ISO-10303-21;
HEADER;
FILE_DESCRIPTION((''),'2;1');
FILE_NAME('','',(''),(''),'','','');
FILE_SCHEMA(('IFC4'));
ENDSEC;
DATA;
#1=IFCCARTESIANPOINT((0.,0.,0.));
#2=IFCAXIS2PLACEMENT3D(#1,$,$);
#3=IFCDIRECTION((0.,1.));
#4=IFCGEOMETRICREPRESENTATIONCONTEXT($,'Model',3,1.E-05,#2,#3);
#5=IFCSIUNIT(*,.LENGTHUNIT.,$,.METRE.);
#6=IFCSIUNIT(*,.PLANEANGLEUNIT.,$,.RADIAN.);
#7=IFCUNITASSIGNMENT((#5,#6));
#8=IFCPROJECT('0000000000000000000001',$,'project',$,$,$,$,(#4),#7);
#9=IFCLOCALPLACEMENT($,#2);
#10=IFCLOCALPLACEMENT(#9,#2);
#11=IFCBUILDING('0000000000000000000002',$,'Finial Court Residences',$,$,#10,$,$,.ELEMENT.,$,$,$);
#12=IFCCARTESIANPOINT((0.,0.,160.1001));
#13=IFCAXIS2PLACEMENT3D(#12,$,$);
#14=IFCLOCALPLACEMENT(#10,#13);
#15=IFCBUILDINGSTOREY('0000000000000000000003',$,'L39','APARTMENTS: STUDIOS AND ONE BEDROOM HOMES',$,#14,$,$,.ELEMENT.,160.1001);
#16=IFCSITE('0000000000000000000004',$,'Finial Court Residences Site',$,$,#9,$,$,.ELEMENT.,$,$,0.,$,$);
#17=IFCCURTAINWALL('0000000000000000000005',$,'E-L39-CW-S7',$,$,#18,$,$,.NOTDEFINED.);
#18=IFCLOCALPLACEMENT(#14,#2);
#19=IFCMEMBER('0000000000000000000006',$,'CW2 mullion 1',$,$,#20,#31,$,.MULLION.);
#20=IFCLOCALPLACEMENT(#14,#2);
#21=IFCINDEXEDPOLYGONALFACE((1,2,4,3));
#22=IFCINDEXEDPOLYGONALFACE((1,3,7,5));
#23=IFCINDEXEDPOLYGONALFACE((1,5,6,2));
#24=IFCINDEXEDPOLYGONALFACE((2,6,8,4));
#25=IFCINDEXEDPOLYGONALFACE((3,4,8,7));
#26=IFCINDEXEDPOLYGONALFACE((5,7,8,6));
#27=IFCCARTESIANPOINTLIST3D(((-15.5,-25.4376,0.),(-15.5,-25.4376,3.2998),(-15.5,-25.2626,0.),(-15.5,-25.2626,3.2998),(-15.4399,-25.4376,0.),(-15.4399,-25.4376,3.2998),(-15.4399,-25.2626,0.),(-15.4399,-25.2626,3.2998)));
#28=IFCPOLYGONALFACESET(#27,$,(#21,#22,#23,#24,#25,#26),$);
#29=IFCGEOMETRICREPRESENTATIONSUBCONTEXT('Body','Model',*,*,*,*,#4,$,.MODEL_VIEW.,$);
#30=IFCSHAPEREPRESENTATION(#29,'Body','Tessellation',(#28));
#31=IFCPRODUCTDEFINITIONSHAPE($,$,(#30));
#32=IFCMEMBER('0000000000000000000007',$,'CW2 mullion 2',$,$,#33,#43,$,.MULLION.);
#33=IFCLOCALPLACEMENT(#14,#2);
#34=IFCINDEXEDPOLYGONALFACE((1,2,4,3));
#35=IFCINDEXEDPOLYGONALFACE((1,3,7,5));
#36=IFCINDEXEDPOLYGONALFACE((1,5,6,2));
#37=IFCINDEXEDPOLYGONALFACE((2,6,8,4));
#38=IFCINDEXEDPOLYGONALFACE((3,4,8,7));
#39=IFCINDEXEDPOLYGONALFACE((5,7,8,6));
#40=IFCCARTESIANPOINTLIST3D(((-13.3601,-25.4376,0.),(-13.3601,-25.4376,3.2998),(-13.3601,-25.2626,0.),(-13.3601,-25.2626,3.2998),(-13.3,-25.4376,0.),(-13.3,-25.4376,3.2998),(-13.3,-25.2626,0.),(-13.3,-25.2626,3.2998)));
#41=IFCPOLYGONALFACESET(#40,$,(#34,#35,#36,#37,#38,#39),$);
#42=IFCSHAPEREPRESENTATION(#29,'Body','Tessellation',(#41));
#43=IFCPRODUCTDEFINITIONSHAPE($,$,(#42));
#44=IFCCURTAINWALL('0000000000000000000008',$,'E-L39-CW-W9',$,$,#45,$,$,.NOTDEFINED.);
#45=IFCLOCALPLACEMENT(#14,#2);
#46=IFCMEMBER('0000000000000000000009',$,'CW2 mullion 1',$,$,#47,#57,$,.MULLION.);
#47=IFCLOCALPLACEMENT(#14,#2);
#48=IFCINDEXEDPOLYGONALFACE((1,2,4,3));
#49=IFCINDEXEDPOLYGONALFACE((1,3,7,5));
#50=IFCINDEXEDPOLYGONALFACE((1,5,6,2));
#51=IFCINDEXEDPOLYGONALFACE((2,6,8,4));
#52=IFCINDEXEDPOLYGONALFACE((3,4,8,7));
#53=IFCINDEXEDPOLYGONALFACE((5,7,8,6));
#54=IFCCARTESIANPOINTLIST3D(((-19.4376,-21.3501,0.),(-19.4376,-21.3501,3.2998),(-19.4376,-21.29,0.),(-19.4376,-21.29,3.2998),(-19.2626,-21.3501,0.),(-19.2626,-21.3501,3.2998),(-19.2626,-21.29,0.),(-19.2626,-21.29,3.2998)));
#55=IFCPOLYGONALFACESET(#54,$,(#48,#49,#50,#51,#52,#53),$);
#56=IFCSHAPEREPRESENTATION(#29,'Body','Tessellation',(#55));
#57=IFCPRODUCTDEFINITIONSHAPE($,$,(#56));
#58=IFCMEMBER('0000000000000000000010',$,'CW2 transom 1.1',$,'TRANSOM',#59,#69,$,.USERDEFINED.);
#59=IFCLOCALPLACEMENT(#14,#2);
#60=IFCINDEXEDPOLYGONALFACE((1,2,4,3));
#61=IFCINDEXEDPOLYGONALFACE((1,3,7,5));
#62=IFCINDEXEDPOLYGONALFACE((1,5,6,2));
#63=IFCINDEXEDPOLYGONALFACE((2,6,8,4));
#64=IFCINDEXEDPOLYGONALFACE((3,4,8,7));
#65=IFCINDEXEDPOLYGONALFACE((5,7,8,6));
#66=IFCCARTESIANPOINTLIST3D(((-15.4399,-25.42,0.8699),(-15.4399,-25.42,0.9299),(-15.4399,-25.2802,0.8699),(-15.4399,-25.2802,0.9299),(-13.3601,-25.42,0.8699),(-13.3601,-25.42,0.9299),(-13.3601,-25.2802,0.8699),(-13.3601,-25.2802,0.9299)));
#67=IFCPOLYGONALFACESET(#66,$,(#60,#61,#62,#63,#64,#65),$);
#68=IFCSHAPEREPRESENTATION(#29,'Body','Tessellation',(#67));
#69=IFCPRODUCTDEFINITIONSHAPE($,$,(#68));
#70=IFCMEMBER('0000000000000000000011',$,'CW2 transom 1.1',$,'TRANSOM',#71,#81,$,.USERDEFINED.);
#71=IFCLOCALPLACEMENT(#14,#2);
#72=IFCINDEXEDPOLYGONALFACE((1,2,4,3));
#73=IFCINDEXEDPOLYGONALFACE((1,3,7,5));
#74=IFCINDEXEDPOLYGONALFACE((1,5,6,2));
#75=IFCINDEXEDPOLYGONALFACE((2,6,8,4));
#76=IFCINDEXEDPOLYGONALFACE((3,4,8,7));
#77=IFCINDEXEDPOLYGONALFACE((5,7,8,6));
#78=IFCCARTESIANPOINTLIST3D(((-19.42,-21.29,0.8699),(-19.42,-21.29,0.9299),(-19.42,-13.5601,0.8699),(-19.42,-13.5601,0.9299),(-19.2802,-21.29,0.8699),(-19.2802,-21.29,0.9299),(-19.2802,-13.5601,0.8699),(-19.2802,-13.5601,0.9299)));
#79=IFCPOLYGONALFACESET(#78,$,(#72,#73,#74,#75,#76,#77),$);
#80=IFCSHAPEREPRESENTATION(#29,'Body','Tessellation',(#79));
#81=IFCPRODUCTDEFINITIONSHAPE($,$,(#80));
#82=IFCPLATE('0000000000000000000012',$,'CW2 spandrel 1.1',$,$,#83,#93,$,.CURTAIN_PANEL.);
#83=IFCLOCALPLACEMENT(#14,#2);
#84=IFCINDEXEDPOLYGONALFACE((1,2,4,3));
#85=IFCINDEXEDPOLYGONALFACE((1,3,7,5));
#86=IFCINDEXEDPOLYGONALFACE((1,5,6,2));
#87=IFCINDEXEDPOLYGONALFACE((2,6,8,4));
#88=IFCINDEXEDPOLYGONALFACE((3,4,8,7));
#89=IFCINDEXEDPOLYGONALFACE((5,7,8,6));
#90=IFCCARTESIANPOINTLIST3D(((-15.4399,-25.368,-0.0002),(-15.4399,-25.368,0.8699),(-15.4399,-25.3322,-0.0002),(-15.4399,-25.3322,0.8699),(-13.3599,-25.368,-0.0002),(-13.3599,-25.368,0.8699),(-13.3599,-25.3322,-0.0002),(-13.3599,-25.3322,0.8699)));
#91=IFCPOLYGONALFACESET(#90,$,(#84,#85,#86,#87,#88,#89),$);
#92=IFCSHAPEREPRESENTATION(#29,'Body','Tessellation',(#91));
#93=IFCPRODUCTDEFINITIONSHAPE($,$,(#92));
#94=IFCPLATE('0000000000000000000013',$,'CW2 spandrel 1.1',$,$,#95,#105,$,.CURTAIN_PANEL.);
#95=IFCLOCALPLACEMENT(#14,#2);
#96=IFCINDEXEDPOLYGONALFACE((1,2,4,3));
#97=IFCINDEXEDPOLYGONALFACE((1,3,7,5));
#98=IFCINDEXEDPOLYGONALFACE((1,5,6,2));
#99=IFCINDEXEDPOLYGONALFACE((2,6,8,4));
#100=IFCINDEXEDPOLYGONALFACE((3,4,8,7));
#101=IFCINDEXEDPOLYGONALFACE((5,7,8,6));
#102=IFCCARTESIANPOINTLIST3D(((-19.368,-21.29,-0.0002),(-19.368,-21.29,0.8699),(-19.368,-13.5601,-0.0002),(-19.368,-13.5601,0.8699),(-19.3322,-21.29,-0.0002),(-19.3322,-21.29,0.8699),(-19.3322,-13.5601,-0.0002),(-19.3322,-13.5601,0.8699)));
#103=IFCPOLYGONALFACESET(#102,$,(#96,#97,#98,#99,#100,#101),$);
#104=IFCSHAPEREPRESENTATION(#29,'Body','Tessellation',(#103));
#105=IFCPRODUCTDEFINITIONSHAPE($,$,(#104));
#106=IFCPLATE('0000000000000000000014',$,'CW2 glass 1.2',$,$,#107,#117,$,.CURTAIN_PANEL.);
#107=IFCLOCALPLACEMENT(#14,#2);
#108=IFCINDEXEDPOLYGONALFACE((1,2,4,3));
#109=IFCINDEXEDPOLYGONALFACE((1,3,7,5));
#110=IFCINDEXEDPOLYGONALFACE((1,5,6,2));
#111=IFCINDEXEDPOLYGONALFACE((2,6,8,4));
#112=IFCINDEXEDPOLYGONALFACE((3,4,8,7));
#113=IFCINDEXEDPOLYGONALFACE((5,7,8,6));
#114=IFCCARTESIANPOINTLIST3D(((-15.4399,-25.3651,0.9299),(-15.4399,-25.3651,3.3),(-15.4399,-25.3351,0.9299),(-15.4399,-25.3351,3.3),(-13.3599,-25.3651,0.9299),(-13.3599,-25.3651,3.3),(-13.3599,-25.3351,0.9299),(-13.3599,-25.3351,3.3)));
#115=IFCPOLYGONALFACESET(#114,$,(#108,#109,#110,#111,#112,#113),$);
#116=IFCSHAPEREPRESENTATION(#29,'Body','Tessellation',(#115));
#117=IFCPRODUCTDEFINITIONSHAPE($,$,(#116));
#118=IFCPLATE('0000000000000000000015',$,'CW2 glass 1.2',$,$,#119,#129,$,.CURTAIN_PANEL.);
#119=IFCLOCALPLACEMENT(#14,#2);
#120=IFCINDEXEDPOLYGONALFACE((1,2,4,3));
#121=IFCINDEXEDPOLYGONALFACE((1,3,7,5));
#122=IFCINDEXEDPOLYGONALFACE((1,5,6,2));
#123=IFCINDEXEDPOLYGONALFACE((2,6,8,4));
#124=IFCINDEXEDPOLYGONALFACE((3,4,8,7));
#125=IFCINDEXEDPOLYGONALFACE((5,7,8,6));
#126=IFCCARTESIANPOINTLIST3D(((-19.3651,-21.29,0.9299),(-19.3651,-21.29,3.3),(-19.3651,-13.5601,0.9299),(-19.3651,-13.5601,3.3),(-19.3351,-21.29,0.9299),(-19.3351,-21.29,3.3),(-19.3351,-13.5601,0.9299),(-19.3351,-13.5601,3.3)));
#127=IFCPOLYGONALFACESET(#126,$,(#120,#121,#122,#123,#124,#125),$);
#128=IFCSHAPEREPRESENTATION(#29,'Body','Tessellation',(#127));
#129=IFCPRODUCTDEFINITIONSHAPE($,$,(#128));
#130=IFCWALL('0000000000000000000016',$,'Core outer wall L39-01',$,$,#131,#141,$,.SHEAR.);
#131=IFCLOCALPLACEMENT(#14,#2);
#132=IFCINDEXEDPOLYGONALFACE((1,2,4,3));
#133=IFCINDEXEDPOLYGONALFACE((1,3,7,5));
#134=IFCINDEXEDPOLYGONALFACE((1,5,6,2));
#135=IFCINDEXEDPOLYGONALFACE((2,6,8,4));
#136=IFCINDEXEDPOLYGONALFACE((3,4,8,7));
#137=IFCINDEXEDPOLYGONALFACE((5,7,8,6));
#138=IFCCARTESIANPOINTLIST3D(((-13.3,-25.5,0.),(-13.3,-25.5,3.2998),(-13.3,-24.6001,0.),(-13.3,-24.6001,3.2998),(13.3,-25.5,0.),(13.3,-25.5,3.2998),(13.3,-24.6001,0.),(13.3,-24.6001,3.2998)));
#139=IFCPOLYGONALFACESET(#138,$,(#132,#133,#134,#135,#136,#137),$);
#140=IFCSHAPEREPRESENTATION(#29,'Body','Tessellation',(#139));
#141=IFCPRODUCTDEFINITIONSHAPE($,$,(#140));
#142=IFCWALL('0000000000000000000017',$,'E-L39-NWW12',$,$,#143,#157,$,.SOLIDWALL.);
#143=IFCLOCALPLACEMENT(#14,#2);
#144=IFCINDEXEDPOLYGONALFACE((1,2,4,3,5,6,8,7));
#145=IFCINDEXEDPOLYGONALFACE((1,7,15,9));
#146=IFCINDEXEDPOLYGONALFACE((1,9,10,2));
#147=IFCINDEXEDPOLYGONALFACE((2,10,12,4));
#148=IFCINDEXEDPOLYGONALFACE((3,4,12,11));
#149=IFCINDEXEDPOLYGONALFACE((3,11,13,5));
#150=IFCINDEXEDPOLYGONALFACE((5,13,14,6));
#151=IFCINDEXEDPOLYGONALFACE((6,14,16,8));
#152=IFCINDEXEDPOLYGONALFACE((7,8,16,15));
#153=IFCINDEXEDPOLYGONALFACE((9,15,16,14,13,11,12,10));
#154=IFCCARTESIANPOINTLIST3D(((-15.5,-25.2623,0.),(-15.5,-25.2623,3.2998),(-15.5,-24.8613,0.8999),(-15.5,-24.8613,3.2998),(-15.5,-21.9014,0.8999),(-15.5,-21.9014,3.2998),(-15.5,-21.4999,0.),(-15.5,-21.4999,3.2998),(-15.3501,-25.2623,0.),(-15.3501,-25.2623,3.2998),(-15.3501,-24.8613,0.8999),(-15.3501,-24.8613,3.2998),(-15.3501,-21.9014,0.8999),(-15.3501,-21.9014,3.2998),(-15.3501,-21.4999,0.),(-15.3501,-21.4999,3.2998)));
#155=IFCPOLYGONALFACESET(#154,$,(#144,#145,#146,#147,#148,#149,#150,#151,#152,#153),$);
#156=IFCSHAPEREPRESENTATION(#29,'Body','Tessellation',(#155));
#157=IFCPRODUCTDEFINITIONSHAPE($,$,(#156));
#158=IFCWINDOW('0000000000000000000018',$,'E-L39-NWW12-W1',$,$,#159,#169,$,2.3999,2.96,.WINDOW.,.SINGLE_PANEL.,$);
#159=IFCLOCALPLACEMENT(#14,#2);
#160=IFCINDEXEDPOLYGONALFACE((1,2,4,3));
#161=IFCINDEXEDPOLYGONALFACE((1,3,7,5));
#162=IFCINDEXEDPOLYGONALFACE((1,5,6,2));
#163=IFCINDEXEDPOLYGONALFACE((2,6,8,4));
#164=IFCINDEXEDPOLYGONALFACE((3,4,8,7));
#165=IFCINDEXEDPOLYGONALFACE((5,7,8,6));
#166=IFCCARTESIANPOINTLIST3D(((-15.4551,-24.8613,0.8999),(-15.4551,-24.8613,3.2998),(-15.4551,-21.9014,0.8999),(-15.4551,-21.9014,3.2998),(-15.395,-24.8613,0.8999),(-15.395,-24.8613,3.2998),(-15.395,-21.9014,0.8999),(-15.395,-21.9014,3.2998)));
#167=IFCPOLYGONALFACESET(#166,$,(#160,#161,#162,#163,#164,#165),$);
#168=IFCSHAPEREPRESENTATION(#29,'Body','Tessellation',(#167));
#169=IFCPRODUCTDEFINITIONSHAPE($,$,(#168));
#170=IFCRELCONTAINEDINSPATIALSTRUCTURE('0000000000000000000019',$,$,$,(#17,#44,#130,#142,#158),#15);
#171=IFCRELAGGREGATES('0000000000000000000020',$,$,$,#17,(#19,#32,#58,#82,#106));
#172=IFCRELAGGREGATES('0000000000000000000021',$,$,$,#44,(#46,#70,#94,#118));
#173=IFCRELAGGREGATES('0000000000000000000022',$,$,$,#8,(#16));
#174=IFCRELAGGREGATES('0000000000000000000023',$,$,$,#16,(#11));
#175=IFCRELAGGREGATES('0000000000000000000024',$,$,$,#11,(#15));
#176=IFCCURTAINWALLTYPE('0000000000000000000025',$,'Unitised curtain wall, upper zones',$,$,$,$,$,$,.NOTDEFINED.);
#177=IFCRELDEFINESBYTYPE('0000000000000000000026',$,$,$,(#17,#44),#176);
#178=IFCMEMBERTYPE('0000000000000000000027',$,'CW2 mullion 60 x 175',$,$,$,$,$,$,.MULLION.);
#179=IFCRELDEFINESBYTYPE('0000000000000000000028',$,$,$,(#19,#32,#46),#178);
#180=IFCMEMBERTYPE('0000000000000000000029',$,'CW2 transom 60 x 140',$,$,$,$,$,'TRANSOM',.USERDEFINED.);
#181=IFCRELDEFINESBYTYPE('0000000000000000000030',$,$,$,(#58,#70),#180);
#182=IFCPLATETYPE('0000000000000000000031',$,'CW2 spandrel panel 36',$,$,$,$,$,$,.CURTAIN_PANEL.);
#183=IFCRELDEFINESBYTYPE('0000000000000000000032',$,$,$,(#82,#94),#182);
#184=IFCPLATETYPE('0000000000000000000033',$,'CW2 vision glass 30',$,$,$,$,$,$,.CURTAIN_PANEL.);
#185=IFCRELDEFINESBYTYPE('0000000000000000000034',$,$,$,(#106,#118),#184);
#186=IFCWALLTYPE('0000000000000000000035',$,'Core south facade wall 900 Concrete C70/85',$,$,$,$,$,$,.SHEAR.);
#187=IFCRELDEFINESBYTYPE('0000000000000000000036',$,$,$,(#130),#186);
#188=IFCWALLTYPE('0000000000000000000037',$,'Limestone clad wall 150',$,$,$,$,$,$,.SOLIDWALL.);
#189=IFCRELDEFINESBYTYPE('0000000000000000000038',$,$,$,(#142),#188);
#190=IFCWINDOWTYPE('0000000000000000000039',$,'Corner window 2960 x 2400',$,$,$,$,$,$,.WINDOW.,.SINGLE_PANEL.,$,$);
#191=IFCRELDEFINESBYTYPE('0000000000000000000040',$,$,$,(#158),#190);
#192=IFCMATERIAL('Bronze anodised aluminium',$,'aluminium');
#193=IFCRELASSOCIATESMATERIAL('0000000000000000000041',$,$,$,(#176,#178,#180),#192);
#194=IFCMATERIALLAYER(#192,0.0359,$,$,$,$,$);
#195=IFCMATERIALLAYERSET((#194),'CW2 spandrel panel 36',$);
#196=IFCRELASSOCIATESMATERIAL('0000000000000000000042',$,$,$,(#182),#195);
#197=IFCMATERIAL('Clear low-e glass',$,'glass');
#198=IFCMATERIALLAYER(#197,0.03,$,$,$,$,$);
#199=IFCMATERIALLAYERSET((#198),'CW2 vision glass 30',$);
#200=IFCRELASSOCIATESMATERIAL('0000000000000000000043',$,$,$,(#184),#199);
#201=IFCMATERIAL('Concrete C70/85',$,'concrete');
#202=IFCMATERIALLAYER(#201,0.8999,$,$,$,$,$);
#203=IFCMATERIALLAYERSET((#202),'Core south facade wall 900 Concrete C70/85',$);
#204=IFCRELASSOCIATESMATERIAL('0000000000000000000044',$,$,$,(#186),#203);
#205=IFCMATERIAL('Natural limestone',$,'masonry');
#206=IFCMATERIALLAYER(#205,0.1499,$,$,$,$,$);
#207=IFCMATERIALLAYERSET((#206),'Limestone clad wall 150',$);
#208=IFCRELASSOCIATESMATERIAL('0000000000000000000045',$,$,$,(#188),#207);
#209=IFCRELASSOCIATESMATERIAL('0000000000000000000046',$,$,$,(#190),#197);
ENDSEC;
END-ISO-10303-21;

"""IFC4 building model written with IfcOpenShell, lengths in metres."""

from ifc_helpers import new_model, si_unit, direction, frame, frame_2d, origin, origin_2d, place, context, subcontext, project, spatial, rectangle, extrude, material, layer, layer_set, material_profile, profile_set, type_object, element, fill, aggregate, save


model = new_model("IFC4")

# Units and contexts
model_context = context("Model", 3, precision=1e-05, world=origin(), true_north=direction((0.0, 1.0)))
body_context = subcontext(model_context, "Body", "Model", "MODEL_VIEW")
ifc_project = project(units=[si_unit("LENGTHUNIT", "METRE"), si_unit("PLANEANGLEUNIT", "RADIAN")], contexts=[model_context])

# Site, building, storey
site_placement = place(None, origin())
site = spatial("IfcSite", under=ifc_project, at=site_placement, Name="Finial Court Residences Site", CompositionType="ELEMENT", RefElevation=0.0)
building_placement = place(site_placement, origin())
building = spatial("IfcBuilding", under=site, at=building_placement, Name="Finial Court Residences", CompositionType="ELEMENT")
storey_placement = place(building_placement, frame((0.0, 0.0, 160.1001)))
storey = spatial("IfcBuildingStorey", under=building, at=storey_placement, Name="L39", Description="APARTMENTS: STUDIOS AND ONE BEDROOM HOMES", CompositionType="ELEMENT", Elevation=160.1001)

# Curtain wall, members
ifc_material_1 = material(Name="Bronze anodised aluminium", Category="aluminium")
curtain_wall_type = type_object("IfcCurtainWallType", Name="Unitised curtain wall, upper zones", PredefinedType="NOTDEFINED", material=ifc_material_1)
curtain_wall_1_placement = place(storey_placement, origin())
curtain_wall_1 = element("IfcCurtainWall", 1, at=curtain_wall_1_placement, inside=storey, type_object=curtain_wall_type, Name="E-L39-CW-S7", PredefinedType="NOTDEFINED")
ifc_material_profile_1 = material_profile(ifc_material_1, rectangle(XDim=0.175, YDim=0.0601, at=origin_2d()), Name="CW2 mullion 60 x 175")
ifc_profile_set_1 = profile_set([ifc_material_profile_1], Name="Bronze anodised aluminium")
member_type_1 = type_object("IfcMemberType", Name="CW2 mullion 60 x 175", PredefinedType="MULLION", material=ifc_profile_set_1)
member_1_placement = place(storey_placement, frame((-15.47, -25.3501, 0.0), z_axis=(0.0, 0.0, 1.0), x_axis=(0.0, 1.0, 0.0)))
member_1 = element("IfcMember", 2, at=member_1_placement, type_object=member_type_1, Name="CW2 mullion 1", PredefinedType="MULLION", context=body_context, shape_type="SweptSolid", body=[
    extrude(rectangle(XDim=0.175, YDim=0.0601, at=origin_2d()), origin(), (0.0, 0.0, 1.0), 3.2998),
])
member_2_placement = place(storey_placement, frame((-13.3301, -25.3501, 0.0), z_axis=(0.0, 0.0, 1.0), x_axis=(0.0, 1.0, 0.0)))
member_2 = element("IfcMember", 3, at=member_2_placement, type_object=member_type_1, Name="CW2 mullion 2", PredefinedType="MULLION", context=body_context, shape_type="SweptSolid", body=[
    extrude(rectangle(XDim=0.175, YDim=0.0601, at=origin_2d()), origin(), (0.0, 0.0, 1.0), 3.2998),
])

# Curtain wall, member
curtain_wall_2_placement = place(storey_placement, origin())
curtain_wall_2 = element("IfcCurtainWall", 4, at=curtain_wall_2_placement, inside=storey, type_object=curtain_wall_type, Name="E-L39-CW-W9", PredefinedType="NOTDEFINED")
member_3_placement = place(storey_placement, frame((-19.3501, -21.3201, 0.0), z_axis=(0.0, 0.0, 1.0), x_axis=(-1.0, 0.0, 0.0)))
member_3 = element("IfcMember", 5, at=member_3_placement, type_object=member_type_1, Name="CW2 mullion 1", PredefinedType="MULLION", context=body_context, shape_type="SweptSolid", body=[
    extrude(rectangle(XDim=0.175, YDim=0.0601, at=origin_2d()), origin(), (0.0, 0.0, 1.0), 3.2998),
])

# Members
ifc_material_profile_2 = material_profile(ifc_material_1, rectangle(XDim=0.1399, YDim=0.0601, at=origin_2d()), Name="CW2 transom 60 x 140")
ifc_profile_set_2 = profile_set([ifc_material_profile_2], Name="Bronze anodised aluminium")
member_type_2 = type_object("IfcMemberType", Name="CW2 transom 60 x 140", ElementType="TRANSOM", PredefinedType="USERDEFINED", material=ifc_profile_set_2)
member_4_placement = place(storey_placement, frame((-15.4399, -25.3501, 0.8999), z_axis=(1.0, 0.0, 0.0), x_axis=(0.0, 1.0, 0.0)))
member_4 = element("IfcMember", 6, at=member_4_placement, type_object=member_type_2, Name="CW2 transom 1.1", ObjectType="TRANSOM", PredefinedType="USERDEFINED", context=body_context, shape_type="SweptSolid", body=[
    extrude(rectangle(XDim=0.1399, YDim=0.0601, at=origin_2d()), origin(), (0.0, 0.0, 1.0), 2.0798),
])
member_5_placement = place(storey_placement, frame((-19.3501, -21.29, 0.8999), z_axis=(0.0, 1.0, 0.0), x_axis=(-1.0, 0.0, 0.0)))
member_5 = element("IfcMember", 7, at=member_5_placement, type_object=member_type_2, Name="CW2 transom 1.1", ObjectType="TRANSOM", PredefinedType="USERDEFINED", context=body_context, shape_type="SweptSolid", body=[
    extrude(rectangle(XDim=0.1399, YDim=0.0601, at=origin_2d()), origin(), (0.0, 0.0, 1.0), 7.73),
])

# Plates
ifc_layer_1 = layer(ifc_material_1, 0.0359)
ifc_layer_set_1 = layer_set([ifc_layer_1], Name="CW2 spandrel panel 36")
plate_type_1 = type_object("IfcPlateType", Name="CW2 spandrel panel 36", PredefinedType="CURTAIN_PANEL", material=ifc_layer_set_1)
plate_1_placement = place(storey_placement, frame((-14.3999, -25.3501, -0.0002), z_axis=(0.0, 0.0, 1.0), x_axis=(1.0, 0.0, 0.0)))
plate_1 = element("IfcPlate", 8, at=plate_1_placement, type_object=plate_type_1, Name="CW2 spandrel 1.1", PredefinedType="CURTAIN_PANEL", context=body_context, shape_type="SweptSolid", body=[
    extrude(rectangle(XDim=2.0801, YDim=0.0359, at=origin_2d()), origin(), (0.0, 0.0, 1.0), 0.8701),
])
plate_2_placement = place(storey_placement, frame((-19.3501, -17.425, -0.0002), z_axis=(0.0, 0.0, 1.0), x_axis=(0.0, 1.0, 0.0)))
plate_2 = element("IfcPlate", 9, at=plate_2_placement, type_object=plate_type_1, Name="CW2 spandrel 1.1", PredefinedType="CURTAIN_PANEL", context=body_context, shape_type="SweptSolid", body=[
    extrude(rectangle(XDim=7.73, YDim=0.0359, at=origin_2d()), origin(), (0.0, 0.0, 1.0), 0.8701),
])
ifc_material_2 = material(Name="Clear low-e glass", Category="glass")
ifc_layer_2 = layer(ifc_material_2, 0.03)
ifc_layer_set_2 = layer_set([ifc_layer_2], Name="CW2 vision glass 30")
plate_type_2 = type_object("IfcPlateType", Name="CW2 vision glass 30", PredefinedType="CURTAIN_PANEL", material=ifc_layer_set_2)
plate_3_placement = place(storey_placement, frame((-14.3999, -25.3501, 0.9299), z_axis=(0.0, 0.0, 1.0), x_axis=(1.0, 0.0, 0.0)))
plate_3 = element("IfcPlate", 10, at=plate_3_placement, type_object=plate_type_2, Name="CW2 glass 1.2", PredefinedType="CURTAIN_PANEL", context=body_context, shape_type="SweptSolid", body=[
    extrude(rectangle(XDim=2.0801, YDim=0.03, at=origin_2d()), origin(), (0.0, 0.0, 1.0), 2.3701),
])
aggregate(curtain_wall_1, [member_1, member_2, member_4, plate_1, plate_3])
plate_4_placement = place(storey_placement, frame((-19.3501, -17.425, 0.9299), z_axis=(0.0, 0.0, 1.0), x_axis=(0.0, 1.0, 0.0)))
plate_4 = element("IfcPlate", 11, at=plate_4_placement, type_object=plate_type_2, Name="CW2 glass 1.2", PredefinedType="CURTAIN_PANEL", context=body_context, shape_type="SweptSolid", body=[
    extrude(rectangle(XDim=7.73, YDim=0.03, at=origin_2d()), origin(), (0.0, 0.0, 1.0), 2.3701),
])
aggregate(curtain_wall_2, [member_3, member_5, plate_2, plate_4])

# Wall
ifc_material_3 = material(Name="Concrete C70/85", Category="concrete")
ifc_layer_3 = layer(ifc_material_3, 0.8999)
ifc_layer_set_3 = layer_set([ifc_layer_3], Name="Core south facade wall 900 Concrete C70/85")
wall_type_1 = type_object("IfcWallType", Name="Core south facade wall 900 Concrete C70/85", PredefinedType="SHEAR", material=ifc_layer_set_3)
wall_1_placement = place(storey_placement, frame((-13.3, -25.05, 0.0), z_axis=(0.0, 0.0, 1.0), x_axis=(1.0, 0.0, 0.0)))
element("IfcWall", 12, at=wall_1_placement, inside=storey, type_object=wall_type_1, Name="Core outer wall L39-01", PredefinedType="SHEAR", context=body_context, shape_type="SweptSolid", body=[
    extrude(rectangle(XDim=26.6001, YDim=0.8999, at=frame_2d((13.3, 0.0))), origin(), (0.0, 0.0, 1.0), 3.2998),
])

# Wall, opening, window
ifc_material_4 = material(Name="Natural limestone", Category="masonry")
ifc_layer_4 = layer(ifc_material_4, 0.1499)
ifc_layer_set_4 = layer_set([ifc_layer_4], Name="Limestone clad wall 150")
wall_type_2 = type_object("IfcWallType", Name="Limestone clad wall 150", PredefinedType="SOLIDWALL", material=ifc_layer_set_4)
wall_2_placement = place(storey_placement, frame((-15.425, -25.2625, 0.0), z_axis=(0.0, 0.0, 1.0), x_axis=(0.0, 1.0, 0.0)))
wall_2 = element("IfcWall", 13, at=wall_2_placement, inside=storey, type_object=wall_type_2, Name="E-L39-NWW12", PredefinedType="SOLIDWALL", context=body_context, shape_type="SweptSolid", body=[
    extrude(rectangle(XDim=3.7625, YDim=0.1499, at=frame_2d((1.8813, 0.0))), origin(), (0.0, 0.0, 1.0), 3.2998),
])
opening_1_placement = place(wall_2_placement, frame((0.4011, 0.0, 0.8999)))
opening_1 = element("IfcOpeningElement", 14, at=opening_1_placement, cuts=wall_2, PredefinedType="OPENING", context=body_context, shape_type="SweptSolid", body=[
    extrude(rectangle(XDim=2.96, YDim=2.3999, at=frame_2d((1.48, 1.2))), frame((0.0, 0.085, 0.0), z_axis=(0.0, -1.0, 0.0), x_axis=(1.0, 0.0, 0.0)), (0.0, 0.0, 1.0), 0.1699),
])
window_type_1 = type_object("IfcWindowType", Name="Corner window 2960 x 2400", PartitioningType="SINGLE_PANEL", PredefinedType="WINDOW", material=ifc_material_2)
window_1_placement = place(opening_1_placement, origin())
window_1 = element("IfcWindow", 15, at=window_1_placement, inside=storey, type_object=window_type_1, Name="E-L39-NWW12-W1", OverallHeight=2.3999, OverallWidth=2.96, PartitioningType="SINGLE_PANEL", PredefinedType="WINDOW", context=body_context, shape_type="SweptSolid", body=[
    extrude(rectangle(XDim=2.96, YDim=2.3999, at=frame_2d((1.48, 1.2))), frame((0.0, 0.03, 0.0), z_axis=(0.0, -1.0, 0.0), x_axis=(1.0, 0.0, 0.0)), (0.0, 0.0, 1.0), 0.0601),
])
fill(opening_1, window_1)

save(model, "model.ifc")
